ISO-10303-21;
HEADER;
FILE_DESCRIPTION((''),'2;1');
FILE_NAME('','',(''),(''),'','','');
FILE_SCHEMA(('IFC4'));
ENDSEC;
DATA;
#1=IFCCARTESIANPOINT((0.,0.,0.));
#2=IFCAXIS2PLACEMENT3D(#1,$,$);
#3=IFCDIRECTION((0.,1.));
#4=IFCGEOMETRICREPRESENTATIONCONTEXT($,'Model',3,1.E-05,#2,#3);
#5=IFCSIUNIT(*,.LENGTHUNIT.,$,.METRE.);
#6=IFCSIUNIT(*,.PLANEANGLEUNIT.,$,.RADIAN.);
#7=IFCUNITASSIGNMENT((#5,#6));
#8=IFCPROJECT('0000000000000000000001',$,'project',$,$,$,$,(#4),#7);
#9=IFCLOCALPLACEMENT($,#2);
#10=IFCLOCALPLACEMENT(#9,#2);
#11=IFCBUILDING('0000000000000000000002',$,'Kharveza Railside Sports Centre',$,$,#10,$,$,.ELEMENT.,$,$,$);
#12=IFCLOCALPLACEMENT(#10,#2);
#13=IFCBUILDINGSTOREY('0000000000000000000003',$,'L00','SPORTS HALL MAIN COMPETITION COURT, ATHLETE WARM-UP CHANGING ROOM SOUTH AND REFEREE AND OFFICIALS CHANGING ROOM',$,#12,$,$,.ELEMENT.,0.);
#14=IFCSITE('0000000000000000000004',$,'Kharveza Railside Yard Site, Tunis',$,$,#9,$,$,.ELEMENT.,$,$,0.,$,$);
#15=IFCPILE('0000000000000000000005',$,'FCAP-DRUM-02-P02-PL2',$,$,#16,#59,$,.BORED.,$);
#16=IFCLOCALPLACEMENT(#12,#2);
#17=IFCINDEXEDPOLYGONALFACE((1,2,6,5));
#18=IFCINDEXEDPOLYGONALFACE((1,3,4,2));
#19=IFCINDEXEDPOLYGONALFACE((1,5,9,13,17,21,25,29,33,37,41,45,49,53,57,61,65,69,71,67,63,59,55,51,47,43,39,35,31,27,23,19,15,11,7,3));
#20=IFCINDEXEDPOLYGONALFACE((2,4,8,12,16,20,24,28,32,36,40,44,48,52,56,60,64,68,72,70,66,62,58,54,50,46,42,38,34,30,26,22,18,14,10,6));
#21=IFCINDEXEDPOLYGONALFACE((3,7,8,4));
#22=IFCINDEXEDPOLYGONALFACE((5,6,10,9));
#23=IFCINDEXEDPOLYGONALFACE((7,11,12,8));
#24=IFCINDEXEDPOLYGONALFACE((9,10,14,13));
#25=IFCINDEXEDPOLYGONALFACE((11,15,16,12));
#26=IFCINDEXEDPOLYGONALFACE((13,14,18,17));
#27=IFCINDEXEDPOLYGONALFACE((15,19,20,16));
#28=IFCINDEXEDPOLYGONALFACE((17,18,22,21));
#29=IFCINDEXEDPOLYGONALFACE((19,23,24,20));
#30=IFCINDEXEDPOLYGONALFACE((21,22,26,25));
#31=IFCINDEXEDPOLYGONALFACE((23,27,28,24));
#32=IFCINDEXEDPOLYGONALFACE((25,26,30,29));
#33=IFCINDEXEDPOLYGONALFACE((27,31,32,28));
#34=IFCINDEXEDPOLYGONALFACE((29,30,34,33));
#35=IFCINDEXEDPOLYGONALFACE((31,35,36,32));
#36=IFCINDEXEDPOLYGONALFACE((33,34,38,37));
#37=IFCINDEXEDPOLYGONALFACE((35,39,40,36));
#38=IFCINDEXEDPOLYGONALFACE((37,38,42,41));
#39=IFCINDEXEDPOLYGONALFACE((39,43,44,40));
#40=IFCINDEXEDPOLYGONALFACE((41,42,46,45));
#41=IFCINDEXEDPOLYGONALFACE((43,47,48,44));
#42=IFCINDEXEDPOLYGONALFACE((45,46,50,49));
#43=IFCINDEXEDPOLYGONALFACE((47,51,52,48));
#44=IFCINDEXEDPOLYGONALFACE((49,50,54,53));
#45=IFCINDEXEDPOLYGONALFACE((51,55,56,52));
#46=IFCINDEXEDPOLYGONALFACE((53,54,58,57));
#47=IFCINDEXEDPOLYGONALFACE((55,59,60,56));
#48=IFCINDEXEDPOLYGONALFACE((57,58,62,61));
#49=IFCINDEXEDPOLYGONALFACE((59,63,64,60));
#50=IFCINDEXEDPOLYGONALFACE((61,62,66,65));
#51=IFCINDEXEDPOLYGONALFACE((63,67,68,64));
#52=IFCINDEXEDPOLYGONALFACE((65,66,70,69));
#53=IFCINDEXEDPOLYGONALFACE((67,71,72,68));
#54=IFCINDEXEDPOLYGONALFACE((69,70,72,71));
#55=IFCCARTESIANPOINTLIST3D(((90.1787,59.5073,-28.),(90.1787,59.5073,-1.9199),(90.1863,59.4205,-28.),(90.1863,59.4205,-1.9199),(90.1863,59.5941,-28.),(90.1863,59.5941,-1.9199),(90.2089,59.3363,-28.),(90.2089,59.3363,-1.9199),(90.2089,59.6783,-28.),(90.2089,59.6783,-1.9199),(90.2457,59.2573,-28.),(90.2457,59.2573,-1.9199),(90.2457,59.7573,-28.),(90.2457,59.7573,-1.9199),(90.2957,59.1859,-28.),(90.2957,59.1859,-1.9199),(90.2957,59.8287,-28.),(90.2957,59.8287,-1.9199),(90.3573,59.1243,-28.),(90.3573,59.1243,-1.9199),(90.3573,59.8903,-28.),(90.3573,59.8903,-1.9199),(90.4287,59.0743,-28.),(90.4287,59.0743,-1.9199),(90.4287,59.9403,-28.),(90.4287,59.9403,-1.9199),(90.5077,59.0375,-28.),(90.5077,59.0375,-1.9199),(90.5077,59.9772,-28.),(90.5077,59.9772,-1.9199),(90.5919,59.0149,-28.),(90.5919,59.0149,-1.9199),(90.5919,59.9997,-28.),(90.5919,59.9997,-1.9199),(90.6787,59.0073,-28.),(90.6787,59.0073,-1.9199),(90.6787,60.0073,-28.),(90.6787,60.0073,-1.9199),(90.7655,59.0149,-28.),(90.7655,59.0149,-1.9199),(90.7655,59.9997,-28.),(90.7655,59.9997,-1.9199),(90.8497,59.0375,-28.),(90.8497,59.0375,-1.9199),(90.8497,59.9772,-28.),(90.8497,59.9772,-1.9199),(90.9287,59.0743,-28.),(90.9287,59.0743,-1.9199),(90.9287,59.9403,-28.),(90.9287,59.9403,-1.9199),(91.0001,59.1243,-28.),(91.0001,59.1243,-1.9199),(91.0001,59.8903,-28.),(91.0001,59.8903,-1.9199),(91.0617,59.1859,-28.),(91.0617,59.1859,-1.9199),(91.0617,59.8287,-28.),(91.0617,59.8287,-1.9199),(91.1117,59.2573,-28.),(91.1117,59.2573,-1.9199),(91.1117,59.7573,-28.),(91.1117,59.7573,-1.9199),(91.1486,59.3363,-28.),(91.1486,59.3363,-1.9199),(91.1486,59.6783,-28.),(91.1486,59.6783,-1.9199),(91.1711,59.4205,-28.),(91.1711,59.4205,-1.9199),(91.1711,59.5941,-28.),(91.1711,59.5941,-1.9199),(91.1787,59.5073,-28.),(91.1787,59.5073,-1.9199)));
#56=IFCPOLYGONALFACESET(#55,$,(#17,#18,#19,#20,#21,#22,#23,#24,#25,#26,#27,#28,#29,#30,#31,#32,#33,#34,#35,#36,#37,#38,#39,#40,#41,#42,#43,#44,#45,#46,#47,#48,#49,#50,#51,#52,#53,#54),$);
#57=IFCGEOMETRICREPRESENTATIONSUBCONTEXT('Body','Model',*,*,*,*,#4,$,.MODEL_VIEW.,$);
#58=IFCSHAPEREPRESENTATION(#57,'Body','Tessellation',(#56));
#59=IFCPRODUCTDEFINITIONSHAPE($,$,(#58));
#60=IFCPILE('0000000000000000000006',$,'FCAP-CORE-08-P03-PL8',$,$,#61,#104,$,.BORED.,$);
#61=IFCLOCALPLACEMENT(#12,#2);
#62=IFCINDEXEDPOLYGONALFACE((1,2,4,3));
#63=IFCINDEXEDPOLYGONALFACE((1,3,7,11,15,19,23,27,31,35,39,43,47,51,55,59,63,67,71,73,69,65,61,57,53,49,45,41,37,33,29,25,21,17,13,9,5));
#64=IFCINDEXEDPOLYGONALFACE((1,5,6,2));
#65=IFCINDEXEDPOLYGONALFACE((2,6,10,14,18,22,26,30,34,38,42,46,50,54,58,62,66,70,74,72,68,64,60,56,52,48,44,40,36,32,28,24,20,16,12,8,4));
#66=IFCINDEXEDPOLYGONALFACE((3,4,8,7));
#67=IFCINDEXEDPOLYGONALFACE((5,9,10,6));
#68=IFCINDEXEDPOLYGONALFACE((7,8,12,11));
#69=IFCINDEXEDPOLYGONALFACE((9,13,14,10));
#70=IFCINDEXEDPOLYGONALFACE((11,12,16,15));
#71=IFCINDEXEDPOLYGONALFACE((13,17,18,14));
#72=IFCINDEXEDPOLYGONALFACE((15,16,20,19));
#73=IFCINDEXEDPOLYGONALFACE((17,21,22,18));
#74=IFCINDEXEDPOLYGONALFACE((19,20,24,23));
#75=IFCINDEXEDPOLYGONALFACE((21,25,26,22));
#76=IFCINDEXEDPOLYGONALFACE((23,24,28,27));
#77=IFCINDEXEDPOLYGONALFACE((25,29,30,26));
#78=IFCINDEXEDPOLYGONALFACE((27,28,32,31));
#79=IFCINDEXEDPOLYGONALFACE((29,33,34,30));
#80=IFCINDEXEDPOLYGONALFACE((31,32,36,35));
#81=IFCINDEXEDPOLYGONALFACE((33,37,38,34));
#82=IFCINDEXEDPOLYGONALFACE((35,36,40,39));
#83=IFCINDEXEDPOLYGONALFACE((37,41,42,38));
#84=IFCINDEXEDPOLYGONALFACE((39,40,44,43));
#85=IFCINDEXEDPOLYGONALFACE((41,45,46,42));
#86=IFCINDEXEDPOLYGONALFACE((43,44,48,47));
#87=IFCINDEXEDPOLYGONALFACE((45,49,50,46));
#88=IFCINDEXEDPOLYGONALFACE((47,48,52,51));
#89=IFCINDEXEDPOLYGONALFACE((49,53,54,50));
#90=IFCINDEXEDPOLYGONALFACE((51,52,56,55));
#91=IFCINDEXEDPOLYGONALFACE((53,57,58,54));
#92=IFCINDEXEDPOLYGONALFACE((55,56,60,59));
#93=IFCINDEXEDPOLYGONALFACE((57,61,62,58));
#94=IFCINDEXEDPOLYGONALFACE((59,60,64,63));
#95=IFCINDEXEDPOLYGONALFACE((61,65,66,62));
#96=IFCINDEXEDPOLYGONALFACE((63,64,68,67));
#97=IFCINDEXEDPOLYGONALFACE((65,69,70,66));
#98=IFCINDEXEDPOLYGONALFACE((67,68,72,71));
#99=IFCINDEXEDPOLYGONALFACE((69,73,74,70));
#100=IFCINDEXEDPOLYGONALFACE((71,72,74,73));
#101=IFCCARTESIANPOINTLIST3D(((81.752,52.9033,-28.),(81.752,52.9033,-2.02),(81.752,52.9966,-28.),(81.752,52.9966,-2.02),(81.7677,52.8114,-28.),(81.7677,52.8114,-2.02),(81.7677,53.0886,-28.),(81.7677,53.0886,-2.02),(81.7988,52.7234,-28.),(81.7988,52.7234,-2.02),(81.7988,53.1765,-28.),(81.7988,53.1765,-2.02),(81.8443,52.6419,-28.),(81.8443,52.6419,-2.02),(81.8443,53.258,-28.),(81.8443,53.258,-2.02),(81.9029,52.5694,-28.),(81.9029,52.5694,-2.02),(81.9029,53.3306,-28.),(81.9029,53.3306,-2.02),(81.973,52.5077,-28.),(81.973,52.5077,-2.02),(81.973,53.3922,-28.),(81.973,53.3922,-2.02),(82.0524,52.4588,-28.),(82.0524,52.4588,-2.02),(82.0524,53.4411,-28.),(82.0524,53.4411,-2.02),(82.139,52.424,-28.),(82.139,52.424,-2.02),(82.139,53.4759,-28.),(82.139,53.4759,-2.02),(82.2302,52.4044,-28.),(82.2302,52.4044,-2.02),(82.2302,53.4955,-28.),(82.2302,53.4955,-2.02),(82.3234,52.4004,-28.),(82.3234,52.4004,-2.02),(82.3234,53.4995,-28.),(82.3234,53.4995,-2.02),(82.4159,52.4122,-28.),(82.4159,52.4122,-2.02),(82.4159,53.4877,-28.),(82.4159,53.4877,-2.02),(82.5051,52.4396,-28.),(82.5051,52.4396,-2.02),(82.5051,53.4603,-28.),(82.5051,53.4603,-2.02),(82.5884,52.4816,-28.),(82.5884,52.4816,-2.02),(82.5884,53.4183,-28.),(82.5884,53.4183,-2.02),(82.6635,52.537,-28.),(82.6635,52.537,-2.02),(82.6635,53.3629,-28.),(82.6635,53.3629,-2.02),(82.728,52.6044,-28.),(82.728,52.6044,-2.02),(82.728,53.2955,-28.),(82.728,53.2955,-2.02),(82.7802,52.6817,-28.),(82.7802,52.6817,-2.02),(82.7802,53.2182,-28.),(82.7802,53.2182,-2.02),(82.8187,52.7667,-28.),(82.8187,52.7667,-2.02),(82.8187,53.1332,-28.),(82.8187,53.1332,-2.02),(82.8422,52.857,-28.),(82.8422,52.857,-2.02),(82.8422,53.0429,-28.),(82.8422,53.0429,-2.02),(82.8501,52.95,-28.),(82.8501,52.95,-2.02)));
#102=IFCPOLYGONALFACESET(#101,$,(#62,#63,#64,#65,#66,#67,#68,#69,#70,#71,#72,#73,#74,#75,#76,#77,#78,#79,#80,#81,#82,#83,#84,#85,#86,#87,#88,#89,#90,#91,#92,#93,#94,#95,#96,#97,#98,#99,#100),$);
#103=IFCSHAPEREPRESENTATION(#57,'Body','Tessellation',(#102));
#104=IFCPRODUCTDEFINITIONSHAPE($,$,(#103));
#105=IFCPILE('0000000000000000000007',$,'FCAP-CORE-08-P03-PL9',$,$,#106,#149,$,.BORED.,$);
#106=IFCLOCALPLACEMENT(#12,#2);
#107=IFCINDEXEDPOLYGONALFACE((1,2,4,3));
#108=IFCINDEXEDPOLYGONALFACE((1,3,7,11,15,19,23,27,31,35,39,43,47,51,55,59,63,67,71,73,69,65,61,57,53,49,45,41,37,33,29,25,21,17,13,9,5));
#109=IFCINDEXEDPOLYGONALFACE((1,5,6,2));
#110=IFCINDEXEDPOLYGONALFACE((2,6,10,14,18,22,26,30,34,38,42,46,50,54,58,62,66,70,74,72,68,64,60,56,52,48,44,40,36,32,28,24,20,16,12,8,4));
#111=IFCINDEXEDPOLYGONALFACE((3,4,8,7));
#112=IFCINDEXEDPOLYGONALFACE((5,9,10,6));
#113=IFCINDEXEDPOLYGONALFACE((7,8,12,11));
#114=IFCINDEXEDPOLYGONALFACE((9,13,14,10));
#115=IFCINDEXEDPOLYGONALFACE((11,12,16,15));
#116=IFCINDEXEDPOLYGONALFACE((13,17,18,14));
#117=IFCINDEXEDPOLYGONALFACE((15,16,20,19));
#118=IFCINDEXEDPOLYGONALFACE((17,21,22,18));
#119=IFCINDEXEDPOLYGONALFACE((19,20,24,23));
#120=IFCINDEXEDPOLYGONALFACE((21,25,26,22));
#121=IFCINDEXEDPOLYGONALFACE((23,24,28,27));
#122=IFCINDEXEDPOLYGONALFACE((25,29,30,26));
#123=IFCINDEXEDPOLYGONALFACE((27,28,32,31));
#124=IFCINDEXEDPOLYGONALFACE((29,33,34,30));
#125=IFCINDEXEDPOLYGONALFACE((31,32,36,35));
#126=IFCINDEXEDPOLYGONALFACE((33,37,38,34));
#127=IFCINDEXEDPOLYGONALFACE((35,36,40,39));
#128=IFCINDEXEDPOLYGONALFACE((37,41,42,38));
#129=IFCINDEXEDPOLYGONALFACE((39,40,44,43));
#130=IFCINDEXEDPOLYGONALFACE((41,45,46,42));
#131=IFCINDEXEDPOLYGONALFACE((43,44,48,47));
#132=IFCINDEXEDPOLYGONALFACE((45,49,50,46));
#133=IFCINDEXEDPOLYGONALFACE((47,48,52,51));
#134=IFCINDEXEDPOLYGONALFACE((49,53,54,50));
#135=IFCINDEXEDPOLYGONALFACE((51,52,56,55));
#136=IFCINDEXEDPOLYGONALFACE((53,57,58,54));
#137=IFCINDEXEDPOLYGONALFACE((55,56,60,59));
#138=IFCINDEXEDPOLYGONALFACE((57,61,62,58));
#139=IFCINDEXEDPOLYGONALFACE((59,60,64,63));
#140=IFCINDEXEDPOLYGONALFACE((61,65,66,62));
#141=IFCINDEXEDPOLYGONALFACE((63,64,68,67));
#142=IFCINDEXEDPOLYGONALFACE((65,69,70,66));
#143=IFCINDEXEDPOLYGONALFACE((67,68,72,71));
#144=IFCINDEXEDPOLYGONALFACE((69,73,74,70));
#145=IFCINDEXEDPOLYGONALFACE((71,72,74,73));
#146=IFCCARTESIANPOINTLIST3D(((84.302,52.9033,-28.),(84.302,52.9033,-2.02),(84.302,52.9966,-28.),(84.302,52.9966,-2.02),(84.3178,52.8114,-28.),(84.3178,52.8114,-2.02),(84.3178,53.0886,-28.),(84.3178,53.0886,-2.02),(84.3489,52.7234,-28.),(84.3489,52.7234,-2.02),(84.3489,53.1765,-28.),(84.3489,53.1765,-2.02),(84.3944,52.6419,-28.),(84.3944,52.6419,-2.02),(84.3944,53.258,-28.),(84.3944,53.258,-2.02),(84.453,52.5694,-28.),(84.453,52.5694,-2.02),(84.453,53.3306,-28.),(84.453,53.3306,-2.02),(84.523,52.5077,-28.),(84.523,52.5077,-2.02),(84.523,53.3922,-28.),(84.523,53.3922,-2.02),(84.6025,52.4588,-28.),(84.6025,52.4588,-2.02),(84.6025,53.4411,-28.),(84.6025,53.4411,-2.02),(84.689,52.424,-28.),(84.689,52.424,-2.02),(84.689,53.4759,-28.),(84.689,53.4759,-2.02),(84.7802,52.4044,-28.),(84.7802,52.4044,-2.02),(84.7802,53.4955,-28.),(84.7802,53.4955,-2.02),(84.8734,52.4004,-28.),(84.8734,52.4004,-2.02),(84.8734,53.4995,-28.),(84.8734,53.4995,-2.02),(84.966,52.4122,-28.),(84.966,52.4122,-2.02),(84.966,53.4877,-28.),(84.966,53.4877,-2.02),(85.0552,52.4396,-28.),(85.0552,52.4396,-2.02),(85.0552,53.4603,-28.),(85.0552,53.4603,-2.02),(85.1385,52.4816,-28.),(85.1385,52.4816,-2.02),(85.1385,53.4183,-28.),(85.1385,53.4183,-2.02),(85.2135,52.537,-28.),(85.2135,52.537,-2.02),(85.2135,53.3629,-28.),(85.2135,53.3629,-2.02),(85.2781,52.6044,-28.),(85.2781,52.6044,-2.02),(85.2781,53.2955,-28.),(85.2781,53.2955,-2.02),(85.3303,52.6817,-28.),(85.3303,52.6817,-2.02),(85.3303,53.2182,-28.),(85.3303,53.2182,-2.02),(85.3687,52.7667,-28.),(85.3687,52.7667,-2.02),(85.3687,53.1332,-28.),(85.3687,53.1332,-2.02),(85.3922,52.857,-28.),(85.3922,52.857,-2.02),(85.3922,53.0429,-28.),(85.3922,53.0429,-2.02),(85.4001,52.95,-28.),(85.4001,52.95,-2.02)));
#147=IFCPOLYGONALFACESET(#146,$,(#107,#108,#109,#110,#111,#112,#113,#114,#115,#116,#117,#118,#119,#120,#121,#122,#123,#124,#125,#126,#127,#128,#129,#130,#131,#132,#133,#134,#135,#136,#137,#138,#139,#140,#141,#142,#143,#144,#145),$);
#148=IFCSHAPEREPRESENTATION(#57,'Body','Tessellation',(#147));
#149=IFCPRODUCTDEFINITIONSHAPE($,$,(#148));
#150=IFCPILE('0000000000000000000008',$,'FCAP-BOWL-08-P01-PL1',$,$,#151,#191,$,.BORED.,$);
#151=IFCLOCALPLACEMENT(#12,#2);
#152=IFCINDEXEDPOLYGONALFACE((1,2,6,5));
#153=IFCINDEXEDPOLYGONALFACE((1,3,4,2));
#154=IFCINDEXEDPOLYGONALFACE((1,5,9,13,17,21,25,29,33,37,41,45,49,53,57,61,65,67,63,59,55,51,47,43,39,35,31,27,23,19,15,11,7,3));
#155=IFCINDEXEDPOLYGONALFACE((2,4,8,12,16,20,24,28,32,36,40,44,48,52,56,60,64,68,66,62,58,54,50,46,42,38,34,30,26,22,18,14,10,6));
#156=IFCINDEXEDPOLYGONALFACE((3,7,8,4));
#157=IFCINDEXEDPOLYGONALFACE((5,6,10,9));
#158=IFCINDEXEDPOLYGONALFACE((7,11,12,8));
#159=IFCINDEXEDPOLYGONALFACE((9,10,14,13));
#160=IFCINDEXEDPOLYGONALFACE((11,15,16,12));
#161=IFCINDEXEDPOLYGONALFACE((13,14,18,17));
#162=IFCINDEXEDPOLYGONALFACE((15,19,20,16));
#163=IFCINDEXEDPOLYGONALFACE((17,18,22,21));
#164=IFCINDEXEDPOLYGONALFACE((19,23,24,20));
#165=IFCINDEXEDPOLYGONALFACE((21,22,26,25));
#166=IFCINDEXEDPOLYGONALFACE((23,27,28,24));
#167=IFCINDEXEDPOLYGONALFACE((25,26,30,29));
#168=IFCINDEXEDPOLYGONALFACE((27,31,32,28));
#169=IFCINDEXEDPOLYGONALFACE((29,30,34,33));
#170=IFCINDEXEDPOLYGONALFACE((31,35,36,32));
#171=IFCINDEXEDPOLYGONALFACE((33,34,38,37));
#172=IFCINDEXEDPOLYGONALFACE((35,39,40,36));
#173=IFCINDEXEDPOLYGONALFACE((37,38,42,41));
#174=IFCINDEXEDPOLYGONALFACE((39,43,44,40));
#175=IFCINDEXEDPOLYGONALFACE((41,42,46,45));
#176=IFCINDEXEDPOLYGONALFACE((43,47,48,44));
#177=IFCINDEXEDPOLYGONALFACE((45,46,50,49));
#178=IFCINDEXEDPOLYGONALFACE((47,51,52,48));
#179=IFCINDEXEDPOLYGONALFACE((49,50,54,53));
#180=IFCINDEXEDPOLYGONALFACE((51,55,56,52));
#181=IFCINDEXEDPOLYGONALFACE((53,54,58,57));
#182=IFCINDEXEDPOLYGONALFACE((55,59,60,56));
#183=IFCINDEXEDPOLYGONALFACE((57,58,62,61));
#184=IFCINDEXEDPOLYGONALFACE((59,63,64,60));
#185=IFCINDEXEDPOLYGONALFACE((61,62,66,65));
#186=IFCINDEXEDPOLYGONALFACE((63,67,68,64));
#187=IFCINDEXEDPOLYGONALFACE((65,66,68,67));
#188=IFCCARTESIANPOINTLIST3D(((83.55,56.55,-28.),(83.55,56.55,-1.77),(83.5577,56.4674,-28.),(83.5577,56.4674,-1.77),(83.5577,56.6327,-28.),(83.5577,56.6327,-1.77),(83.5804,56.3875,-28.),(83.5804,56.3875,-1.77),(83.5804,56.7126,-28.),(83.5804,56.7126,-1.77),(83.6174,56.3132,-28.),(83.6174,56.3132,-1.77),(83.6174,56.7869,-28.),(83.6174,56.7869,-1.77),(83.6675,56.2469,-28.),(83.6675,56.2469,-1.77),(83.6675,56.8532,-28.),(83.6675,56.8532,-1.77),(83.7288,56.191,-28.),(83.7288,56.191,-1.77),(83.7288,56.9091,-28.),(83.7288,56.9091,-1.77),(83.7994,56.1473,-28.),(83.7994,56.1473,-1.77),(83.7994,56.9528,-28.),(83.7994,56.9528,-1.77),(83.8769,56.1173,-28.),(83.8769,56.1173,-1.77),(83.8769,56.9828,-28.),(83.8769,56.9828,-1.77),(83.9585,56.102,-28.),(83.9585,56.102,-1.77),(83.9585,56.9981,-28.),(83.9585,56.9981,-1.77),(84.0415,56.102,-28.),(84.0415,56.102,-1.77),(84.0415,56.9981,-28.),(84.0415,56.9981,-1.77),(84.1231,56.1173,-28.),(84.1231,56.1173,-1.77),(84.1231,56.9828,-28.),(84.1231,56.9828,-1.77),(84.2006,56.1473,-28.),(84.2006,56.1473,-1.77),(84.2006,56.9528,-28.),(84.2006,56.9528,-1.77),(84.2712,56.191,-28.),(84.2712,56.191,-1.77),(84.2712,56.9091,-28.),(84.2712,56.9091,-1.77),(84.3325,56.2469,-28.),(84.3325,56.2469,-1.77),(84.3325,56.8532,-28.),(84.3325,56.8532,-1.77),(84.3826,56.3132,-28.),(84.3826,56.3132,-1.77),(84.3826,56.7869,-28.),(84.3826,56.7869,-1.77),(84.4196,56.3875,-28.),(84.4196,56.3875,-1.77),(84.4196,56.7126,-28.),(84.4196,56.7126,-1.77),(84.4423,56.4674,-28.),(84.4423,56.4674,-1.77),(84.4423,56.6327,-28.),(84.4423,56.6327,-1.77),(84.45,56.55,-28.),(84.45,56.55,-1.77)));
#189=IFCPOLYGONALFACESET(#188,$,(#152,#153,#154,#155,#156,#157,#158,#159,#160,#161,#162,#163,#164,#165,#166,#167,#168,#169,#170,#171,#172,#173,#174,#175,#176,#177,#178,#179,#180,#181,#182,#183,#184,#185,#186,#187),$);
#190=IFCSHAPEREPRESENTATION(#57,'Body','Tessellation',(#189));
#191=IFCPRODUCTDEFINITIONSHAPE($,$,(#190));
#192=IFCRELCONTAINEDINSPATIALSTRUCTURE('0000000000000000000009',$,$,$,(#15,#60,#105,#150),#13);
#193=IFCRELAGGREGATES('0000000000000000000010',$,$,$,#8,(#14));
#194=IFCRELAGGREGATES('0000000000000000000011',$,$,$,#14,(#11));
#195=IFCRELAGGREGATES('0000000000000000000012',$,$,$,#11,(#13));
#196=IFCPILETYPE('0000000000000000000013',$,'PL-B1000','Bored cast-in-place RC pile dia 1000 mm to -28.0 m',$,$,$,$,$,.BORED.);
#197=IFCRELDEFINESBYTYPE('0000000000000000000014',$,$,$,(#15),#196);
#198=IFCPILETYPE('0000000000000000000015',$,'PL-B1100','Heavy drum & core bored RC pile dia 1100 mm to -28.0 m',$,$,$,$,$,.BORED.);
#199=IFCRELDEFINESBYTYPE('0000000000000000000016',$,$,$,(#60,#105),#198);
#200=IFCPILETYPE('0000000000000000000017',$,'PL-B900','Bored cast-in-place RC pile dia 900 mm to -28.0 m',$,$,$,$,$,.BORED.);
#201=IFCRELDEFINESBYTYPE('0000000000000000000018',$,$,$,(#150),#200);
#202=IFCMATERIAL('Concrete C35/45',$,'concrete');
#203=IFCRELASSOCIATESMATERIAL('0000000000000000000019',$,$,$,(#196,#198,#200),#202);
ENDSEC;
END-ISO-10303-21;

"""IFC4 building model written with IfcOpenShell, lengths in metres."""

from ifc_helpers import new_model, si_unit, direction, frame, origin, origin_2d, place, context, subcontext, project, spatial, circle, extrude, material, material_profile, profile_set, type_object, element, save


model = new_model("IFC4")

# Units and contexts
model_context = context("Model", 3, precision=1e-05, world=origin(), true_north=direction((0.0, 1.0)))
body_context = subcontext(model_context, "Body", "Model", "MODEL_VIEW")
ifc_project = project(units=[si_unit("LENGTHUNIT", "METRE"), si_unit("PLANEANGLEUNIT", "RADIAN")], contexts=[model_context])

# Site, building, storey
site_placement = place(None, origin())
site = spatial("IfcSite", under=ifc_project, at=site_placement, Name="Kharveza Railside Yard Site, Tunis", CompositionType="ELEMENT", RefElevation=0.0)
building_placement = place(site_placement, origin())
building = spatial("IfcBuilding", under=site, at=building_placement, Name="Kharveza Railside Sports Centre", CompositionType="ELEMENT")
storey_placement = place(building_placement, origin())
storey = spatial("IfcBuildingStorey", under=building, at=storey_placement, Name="L00", Description="SPORTS HALL MAIN COMPETITION COURT, ATHLETE WARM-UP CHANGING ROOM SOUTH AND REFEREE AND OFFICIALS CHANGING ROOM", CompositionType="ELEMENT", Elevation=0.0)

# Shared definitions
ifc_material_1 = material(Name="Concrete C35/45", Category="concrete")

# Piles
ifc_material_profile_1 = material_profile(ifc_material_1, circle(Radius=0.5, at=origin_2d()), Name="PILE D1000")
ifc_profile_set_1 = profile_set([ifc_material_profile_1], Name="Concrete C35/45")
pile_type_1 = type_object("IfcPileType", Name="PL-B1000", Description="Bored cast-in-place RC pile dia 1000 mm to -28.0 m", PredefinedType="BORED", material=ifc_profile_set_1)
for number, where, z_axis, x_axis, name in (
    (1, (90.6787, 59.5073, -1.9199), (0.0, 0.0, -1.0), (1.0, 0.0, 0.0), "FCAP-DRUM-02-P02-PL2"),
):
    element("IfcPile", number, at=place(storey_placement, frame(where, z_axis=z_axis, x_axis=x_axis)), inside=storey, type_object=pile_type_1, Name=name, PredefinedType="BORED", context=body_context, shape_type="SweptSolid", body=[
        extrude(circle(Radius=0.5, at=origin_2d()), origin(), (0.0, 0.0, 1.0), 26.0801),
    ])
ifc_material_profile_2 = material_profile(ifc_material_1, circle(Radius=0.55, at=origin_2d()), Name="PILE D1100")
ifc_profile_set_2 = profile_set([ifc_material_profile_2], Name="Concrete C35/45")
pile_type_2 = type_object("IfcPileType", Name="PL-B1100", Description="Heavy drum & core bored RC pile dia 1100 mm to -28.0 m", PredefinedType="BORED", material=ifc_profile_set_2)
for number, where, z_axis, x_axis, name in (
    (2, (82.3, 52.95, -2.02), (0.0, 0.0, -1.0), (1.0, 0.0, 0.0), "FCAP-CORE-08-P03-PL8"),
    (3, (84.8501, 52.95, -2.02), (0.0, 0.0, -1.0), (1.0, 0.0, 0.0), "FCAP-CORE-08-P03-PL9"),
):
    element("IfcPile", number, at=place(storey_placement, frame(where, z_axis=z_axis, x_axis=x_axis)), inside=storey, type_object=pile_type_2, Name=name, PredefinedType="BORED", context=body_context, shape_type="SweptSolid", body=[
        extrude(circle(Radius=0.55, at=origin_2d()), origin(), (0.0, 0.0, 1.0), 25.98),
    ])
ifc_material_profile_3 = material_profile(ifc_material_1, circle(Radius=0.45, at=origin_2d()), Name="PILE D900")
ifc_profile_set_3 = profile_set([ifc_material_profile_3], Name="Concrete C35/45")
pile_type_3 = type_object("IfcPileType", Name="PL-B900", Description="Bored cast-in-place RC pile dia 900 mm to -28.0 m", PredefinedType="BORED", material=ifc_profile_set_3)
for number, where, z_axis, x_axis, name in (
    (4, (84.0, 56.55, -1.77), (0.0, 0.0, -1.0), (1.0, 0.0, 0.0), "FCAP-BOWL-08-P01-PL1"),
):
    element("IfcPile", number, at=place(storey_placement, frame(where, z_axis=z_axis, x_axis=x_axis)), inside=storey, type_object=pile_type_3, Name=name, PredefinedType="BORED", context=body_context, shape_type="SweptSolid", body=[
        extrude(circle(Radius=0.45, at=origin_2d()), origin(), (0.0, 0.0, 1.0), 26.23),
    ])

save(model, "model.ifc")
